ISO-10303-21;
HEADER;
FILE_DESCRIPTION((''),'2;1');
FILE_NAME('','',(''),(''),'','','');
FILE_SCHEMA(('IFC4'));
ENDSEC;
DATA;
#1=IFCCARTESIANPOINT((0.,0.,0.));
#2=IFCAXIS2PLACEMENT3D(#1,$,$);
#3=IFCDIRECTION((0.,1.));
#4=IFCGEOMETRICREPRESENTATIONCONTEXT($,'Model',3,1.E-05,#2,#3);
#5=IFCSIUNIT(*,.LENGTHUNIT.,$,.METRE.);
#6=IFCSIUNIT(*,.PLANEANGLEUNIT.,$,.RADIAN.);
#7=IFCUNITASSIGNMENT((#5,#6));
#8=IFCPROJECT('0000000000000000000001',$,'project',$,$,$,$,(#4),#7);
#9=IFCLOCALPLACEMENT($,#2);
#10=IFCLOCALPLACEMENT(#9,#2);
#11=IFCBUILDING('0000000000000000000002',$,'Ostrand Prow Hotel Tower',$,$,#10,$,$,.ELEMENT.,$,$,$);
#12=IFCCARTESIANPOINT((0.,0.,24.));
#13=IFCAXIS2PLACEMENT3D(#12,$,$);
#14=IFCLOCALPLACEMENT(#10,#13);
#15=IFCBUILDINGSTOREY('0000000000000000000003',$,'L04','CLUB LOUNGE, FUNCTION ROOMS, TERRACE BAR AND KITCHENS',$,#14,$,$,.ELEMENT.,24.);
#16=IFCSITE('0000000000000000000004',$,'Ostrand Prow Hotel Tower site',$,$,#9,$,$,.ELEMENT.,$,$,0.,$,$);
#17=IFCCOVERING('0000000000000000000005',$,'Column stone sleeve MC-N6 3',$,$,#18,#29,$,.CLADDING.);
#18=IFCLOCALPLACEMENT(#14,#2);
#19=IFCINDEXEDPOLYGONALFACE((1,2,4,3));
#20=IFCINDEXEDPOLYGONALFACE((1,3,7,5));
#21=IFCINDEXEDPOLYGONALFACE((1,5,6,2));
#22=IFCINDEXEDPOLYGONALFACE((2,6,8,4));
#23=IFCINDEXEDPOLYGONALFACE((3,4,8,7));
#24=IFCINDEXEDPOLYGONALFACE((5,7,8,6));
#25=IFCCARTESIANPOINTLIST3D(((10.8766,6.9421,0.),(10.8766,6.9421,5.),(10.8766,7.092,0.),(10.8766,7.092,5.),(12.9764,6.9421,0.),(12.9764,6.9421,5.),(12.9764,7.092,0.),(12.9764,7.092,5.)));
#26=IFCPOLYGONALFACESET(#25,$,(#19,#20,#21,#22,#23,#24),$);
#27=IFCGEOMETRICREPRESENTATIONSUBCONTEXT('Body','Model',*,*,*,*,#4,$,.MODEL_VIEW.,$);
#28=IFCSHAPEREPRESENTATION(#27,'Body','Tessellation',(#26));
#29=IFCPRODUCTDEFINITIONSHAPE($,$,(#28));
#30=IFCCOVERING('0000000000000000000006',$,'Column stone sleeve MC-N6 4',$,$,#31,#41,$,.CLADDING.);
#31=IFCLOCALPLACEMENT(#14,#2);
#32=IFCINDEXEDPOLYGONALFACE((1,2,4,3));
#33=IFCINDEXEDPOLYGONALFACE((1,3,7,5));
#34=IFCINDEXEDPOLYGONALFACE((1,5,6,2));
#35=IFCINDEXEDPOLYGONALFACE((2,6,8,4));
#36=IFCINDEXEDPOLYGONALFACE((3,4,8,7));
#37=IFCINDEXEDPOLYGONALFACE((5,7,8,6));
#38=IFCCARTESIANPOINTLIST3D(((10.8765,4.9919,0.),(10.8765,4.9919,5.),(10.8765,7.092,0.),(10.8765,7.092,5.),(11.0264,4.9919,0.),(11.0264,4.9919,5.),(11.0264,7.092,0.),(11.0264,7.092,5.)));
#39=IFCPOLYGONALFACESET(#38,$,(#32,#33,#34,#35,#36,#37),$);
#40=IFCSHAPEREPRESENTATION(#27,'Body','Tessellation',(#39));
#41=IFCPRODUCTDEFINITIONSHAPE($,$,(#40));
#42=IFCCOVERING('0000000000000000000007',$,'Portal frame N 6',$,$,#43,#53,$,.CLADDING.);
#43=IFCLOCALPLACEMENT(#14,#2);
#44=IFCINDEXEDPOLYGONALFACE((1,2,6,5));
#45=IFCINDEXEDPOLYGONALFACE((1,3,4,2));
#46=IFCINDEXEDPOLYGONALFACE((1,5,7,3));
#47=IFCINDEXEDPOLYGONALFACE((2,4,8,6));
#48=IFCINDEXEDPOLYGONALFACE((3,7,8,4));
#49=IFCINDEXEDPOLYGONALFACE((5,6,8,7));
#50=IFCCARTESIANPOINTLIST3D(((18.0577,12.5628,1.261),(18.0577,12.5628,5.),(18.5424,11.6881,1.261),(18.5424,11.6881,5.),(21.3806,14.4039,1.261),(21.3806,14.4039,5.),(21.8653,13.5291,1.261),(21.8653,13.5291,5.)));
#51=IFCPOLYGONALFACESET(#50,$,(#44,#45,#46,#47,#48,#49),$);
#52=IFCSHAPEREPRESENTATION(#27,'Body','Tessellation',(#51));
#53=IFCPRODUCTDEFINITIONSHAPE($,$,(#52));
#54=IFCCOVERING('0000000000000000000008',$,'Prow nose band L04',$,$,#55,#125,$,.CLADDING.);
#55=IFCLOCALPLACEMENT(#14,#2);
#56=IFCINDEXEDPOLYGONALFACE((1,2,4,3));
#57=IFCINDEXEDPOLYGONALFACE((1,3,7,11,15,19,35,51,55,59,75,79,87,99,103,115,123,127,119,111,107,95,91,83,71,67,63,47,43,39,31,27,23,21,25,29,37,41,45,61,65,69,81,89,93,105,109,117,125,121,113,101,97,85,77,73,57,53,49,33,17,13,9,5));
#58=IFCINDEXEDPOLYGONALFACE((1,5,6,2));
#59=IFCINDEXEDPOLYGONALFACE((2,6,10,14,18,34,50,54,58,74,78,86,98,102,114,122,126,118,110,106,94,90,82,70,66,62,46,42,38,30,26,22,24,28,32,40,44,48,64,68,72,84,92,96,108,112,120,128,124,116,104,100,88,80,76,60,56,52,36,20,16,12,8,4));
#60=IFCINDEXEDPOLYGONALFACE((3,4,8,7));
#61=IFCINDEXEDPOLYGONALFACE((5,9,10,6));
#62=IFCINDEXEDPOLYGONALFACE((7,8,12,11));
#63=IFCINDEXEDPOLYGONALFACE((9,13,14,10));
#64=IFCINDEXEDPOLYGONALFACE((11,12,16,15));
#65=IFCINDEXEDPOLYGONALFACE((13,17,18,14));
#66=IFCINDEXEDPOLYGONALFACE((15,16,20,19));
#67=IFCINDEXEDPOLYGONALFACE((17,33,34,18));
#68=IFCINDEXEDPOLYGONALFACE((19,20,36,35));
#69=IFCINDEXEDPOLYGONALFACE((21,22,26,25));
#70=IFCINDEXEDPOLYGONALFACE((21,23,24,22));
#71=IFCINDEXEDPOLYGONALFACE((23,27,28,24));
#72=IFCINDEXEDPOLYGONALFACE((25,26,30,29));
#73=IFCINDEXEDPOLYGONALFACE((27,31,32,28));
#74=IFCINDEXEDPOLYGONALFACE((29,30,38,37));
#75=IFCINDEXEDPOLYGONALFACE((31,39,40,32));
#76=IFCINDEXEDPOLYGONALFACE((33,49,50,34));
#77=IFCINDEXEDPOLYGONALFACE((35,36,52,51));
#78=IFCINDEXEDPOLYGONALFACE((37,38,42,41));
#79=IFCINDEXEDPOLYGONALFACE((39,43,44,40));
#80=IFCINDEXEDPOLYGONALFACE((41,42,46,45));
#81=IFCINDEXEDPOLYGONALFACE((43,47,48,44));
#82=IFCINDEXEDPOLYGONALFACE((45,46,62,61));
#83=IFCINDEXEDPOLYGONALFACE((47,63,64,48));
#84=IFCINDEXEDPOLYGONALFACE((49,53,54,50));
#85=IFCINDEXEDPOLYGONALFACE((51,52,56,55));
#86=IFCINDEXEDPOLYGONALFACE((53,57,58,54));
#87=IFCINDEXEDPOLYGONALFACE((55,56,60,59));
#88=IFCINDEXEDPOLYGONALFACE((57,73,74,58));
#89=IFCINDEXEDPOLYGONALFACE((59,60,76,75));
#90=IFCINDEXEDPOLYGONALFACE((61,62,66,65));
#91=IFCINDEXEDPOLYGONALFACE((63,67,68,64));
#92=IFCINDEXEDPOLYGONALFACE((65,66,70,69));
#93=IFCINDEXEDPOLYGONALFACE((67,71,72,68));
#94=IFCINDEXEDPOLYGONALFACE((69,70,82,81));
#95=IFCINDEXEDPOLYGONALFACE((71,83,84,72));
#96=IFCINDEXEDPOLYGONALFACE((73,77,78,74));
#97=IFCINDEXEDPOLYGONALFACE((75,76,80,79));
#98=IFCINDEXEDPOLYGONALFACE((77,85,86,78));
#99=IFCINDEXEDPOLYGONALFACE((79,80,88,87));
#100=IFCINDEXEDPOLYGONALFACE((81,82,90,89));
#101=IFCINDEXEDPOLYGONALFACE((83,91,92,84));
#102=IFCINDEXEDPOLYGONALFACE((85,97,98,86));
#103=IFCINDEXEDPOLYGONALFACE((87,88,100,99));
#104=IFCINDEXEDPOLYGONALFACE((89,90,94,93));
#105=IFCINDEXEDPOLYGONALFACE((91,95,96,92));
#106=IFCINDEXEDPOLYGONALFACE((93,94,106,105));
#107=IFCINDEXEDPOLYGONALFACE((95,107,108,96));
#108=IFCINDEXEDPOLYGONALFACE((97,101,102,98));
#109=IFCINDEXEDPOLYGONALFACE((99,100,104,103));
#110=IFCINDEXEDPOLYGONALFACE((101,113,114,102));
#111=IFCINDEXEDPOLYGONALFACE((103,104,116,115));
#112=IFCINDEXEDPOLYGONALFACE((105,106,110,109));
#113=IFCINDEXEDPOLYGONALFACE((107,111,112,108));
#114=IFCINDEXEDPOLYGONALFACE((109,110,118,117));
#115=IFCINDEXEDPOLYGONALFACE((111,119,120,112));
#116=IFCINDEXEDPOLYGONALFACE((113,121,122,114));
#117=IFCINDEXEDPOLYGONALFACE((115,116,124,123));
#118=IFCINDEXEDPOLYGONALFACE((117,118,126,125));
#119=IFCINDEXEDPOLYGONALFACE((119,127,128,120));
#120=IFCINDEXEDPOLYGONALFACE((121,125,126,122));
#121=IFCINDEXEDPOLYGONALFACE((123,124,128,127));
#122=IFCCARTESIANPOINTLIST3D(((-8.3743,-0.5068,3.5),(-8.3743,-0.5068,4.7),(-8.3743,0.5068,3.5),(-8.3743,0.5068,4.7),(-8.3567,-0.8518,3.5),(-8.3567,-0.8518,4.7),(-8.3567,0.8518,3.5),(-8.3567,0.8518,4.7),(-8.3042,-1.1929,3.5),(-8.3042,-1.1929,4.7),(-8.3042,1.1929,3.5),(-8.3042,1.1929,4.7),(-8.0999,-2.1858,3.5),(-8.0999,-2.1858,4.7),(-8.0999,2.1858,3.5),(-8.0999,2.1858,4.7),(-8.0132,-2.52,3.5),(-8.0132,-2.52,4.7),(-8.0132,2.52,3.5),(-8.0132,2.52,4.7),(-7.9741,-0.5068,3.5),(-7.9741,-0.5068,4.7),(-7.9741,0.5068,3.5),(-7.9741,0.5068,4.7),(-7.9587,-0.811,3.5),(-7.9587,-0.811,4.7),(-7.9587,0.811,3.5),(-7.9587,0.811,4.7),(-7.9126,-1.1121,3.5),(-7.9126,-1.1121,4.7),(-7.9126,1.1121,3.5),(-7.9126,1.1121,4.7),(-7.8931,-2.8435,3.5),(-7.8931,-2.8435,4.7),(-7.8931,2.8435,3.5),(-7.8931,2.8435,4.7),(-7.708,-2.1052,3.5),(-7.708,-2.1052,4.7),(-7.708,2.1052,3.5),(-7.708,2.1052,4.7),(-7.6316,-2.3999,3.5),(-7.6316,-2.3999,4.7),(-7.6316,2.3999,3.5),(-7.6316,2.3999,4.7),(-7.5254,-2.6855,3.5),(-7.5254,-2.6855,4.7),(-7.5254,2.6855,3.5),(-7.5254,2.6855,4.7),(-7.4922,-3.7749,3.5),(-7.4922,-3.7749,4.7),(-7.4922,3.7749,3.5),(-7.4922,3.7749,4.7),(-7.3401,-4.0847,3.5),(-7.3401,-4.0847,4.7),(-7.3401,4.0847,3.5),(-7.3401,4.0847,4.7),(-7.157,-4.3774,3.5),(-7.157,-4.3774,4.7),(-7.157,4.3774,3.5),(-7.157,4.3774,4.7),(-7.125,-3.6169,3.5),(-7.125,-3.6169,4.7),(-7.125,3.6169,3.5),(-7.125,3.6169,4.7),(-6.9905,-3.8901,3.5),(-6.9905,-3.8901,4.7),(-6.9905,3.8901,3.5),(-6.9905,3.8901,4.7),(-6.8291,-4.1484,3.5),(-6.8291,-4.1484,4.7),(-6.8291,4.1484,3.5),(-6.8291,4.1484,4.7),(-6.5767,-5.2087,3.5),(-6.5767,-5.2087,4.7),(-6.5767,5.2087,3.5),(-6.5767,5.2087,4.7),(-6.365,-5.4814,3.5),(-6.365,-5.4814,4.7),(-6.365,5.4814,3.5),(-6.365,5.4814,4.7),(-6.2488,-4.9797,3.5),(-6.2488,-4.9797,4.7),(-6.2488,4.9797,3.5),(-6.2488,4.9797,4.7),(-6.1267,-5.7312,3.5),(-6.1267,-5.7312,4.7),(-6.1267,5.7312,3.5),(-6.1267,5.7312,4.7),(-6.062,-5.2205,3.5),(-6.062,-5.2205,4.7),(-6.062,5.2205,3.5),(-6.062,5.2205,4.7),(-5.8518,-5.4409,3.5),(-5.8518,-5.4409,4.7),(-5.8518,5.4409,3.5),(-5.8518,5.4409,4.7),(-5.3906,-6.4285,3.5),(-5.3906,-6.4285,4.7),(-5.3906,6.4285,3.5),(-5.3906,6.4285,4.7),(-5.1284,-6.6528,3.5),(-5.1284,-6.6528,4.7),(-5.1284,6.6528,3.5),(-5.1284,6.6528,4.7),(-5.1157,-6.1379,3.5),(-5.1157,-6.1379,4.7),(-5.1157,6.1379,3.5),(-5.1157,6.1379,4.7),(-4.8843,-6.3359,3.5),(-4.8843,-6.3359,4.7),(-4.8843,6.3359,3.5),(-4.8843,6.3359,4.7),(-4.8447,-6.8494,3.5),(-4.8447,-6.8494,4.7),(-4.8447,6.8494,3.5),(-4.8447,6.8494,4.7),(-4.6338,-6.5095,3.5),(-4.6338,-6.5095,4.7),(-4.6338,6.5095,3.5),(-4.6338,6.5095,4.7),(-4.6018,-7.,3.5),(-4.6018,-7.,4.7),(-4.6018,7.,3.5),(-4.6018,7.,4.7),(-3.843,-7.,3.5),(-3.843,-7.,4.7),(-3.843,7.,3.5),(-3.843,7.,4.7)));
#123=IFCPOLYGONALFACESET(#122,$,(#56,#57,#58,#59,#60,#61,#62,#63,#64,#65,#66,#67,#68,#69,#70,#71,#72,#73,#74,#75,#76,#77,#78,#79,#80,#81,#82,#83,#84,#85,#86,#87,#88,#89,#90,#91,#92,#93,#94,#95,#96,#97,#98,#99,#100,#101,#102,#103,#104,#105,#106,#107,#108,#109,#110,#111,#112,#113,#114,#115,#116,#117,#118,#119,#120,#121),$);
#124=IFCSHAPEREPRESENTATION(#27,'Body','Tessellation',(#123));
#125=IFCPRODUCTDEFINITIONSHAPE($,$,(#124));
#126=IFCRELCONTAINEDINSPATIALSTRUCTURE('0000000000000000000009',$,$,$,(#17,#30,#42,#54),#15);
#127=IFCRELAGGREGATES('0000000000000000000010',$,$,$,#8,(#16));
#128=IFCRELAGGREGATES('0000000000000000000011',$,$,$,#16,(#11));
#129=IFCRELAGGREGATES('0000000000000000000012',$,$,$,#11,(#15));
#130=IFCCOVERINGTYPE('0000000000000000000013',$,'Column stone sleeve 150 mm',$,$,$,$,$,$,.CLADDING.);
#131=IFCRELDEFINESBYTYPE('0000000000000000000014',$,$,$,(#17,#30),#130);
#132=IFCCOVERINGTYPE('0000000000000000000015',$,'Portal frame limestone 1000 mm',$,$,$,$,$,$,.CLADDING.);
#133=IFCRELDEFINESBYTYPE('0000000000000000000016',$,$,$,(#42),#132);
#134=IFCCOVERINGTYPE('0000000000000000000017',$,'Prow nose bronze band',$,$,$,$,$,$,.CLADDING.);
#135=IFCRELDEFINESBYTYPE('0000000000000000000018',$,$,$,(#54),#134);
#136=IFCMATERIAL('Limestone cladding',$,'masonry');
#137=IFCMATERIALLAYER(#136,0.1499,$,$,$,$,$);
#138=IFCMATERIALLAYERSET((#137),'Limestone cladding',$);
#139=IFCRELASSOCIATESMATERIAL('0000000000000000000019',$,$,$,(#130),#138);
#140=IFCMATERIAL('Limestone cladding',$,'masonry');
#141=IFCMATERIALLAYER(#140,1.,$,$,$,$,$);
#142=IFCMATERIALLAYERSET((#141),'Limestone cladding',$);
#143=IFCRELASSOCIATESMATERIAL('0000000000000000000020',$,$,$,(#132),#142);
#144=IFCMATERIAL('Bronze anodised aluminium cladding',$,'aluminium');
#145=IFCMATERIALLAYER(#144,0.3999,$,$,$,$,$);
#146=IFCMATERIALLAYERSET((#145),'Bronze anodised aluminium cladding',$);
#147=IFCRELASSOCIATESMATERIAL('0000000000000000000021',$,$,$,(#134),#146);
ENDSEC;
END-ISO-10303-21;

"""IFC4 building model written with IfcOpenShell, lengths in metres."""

from ifc_helpers import new_model, si_unit, direction, frame, frame_2d, origin, place, context, subcontext, project, spatial, polyline, rectangle, outline, extrude, material, layer, layer_set, type_object, element, save


model = new_model("IFC4")

# Units and contexts
model_context = context("Model", 3, precision=1e-05, world=origin(), true_north=direction((0.0, 1.0)))
body_context = subcontext(model_context, "Body", "Model", "MODEL_VIEW")
ifc_project = project(units=[si_unit("LENGTHUNIT", "METRE"), si_unit("PLANEANGLEUNIT", "RADIAN")], contexts=[model_context])

# Site, building, storey
site_placement = place(None, origin())
site = spatial("IfcSite", under=ifc_project, at=site_placement, Name="Ostrand Prow Hotel Tower site", CompositionType="ELEMENT", RefElevation=0.0)
building_placement = place(site_placement, origin())
building = spatial("IfcBuilding", under=site, at=building_placement, Name="Ostrand Prow Hotel Tower", CompositionType="ELEMENT")
storey_placement = place(building_placement, frame((0.0, 0.0, 24.0)))
storey = spatial("IfcBuildingStorey", under=building, at=storey_placement, Name="L04", Description="CLUB LOUNGE, FUNCTION ROOMS, TERRACE BAR AND KITCHENS", CompositionType="ELEMENT", Elevation=24.0)

# Coverings
ifc_material_1 = material(Name="Limestone cladding", Category="masonry")
ifc_layer_1 = layer(ifc_material_1, 0.1499)
ifc_layer_set_1 = layer_set([ifc_layer_1], Name="Limestone cladding")
covering_type_1 = type_object("IfcCoveringType", Name="Column stone sleeve 150 mm", PredefinedType="CLADDING", material=ifc_layer_set_1)
covering_1_placement = place(storey_placement, frame((12.9763, 7.0171, 0.0), z_axis=(0.0, 0.0, 1.0), x_axis=(-1.0, 0.0, 0.0)))
element("IfcCovering", 1, at=covering_1_placement, inside=storey, type_object=covering_type_1, Name="Column stone sleeve MC-N6 3", PredefinedType="CLADDING", context=body_context, shape_type="SweptSolid", body=[
    extrude(rectangle(XDim=2.0999, YDim=0.1499, at=frame_2d((1.0498, 0.0))), origin(), (0.0, 0.0, 1.0), 5.0),
])
covering_2_placement = place(storey_placement, frame((10.9514, 7.092, 0.0), z_axis=(0.0, 0.0, 1.0), x_axis=(0.0, -1.0, 0.0)))
element("IfcCovering", 2, at=covering_2_placement, inside=storey, type_object=covering_type_1, Name="Column stone sleeve MC-N6 4", PredefinedType="CLADDING", context=body_context, shape_type="SweptSolid", body=[
    extrude(rectangle(XDim=2.1001, YDim=0.1499, at=frame_2d((1.05, 0.0))), origin(), (0.0, 0.0, 1.0), 5.0),
])
ifc_material_2 = material(Name="Limestone cladding", Category="masonry")
ifc_layer_2 = layer(ifc_material_2, 1.0)
ifc_layer_set_2 = layer_set([ifc_layer_2], Name="Limestone cladding")
covering_type_2 = type_object("IfcCoveringType", Name="Portal frame limestone 1000 mm", PredefinedType="CLADDING", material=ifc_layer_set_2)
covering_3_placement = place(storey_placement, frame((18.3, 12.1255, 1.261), z_axis=(0.0, 0.0, 1.0), x_axis=(0.874721, 0.484628, 0.0)))
element("IfcCovering", 3, at=covering_3_placement, inside=storey, type_object=covering_type_2, Name="Portal frame N 6", PredefinedType="CLADDING", context=body_context, shape_type="SweptSolid", body=[
    extrude(rectangle(XDim=3.7988, YDim=1.0, at=frame_2d((1.8994, 0.0))), origin(), (0.0, 0.0, 1.0), 3.739),
])
ifc_material_3 = material(Name="Bronze anodised aluminium cladding", Category="aluminium")
ifc_layer_3 = layer(ifc_material_3, 0.3999)
ifc_layer_set_3 = layer_set([ifc_layer_3], Name="Bronze anodised aluminium cladding")
covering_type_3 = type_object("IfcCoveringType", Name="Prow nose bronze band", PredefinedType="CLADDING", material=ifc_layer_set_3)
covering_4_placement = place(storey_placement, frame((0.0, 0.0, 3.5)))
element("IfcCovering", 4, at=covering_4_placement, inside=storey, type_object=covering_type_3, Name="Prow nose band L04", PredefinedType="CLADDING", context=body_context, shape_type="SweptSolid", body=[
    extrude(outline(polyline([(-4.8447, -6.8494), (-4.6018, -7.0), (-3.843, -7.0), (-4.6338, -6.5095), (-4.8843, -6.3359), (-5.1157, -6.1379), (-5.8518, -5.4409), (-6.062, -5.2205), (-6.2488, -4.9797), (-6.8291, -4.1484), (-6.9905, -3.8901), (-7.125, -3.6169), (-7.5254, -2.6855), (-7.6316, -2.3999), (-7.708, -2.1052), (-7.9126, -1.1121), (-7.9587, -0.811), (-7.9741, -0.5068), (-7.9741, 0.5068), (-7.9587, 0.811), (-7.9126, 1.1121), (-7.708, 2.1052), (-7.6316, 2.3999), (-7.5254, 2.6855), (-7.125, 3.6169), (-6.9905, 3.8901), (-6.8291, 4.1484), (-6.2488, 4.9797), (-6.062, 5.2205), (-5.8518, 5.4409), (-5.1157, 6.1379), (-4.8843, 6.3359), (-4.6338, 6.5095), (-3.843, 7.0), (-4.6018, 7.0), (-4.8447, 6.8494), (-5.1284, 6.6528), (-5.3906, 6.4285), (-6.1267, 5.7312), (-6.365, 5.4814), (-6.5767, 5.2087), (-7.157, 4.3774), (-7.3401, 4.0847), (-7.4922, 3.7749), (-7.8931, 2.8435), (-8.0132, 2.52), (-8.0999, 2.1858), (-8.3042, 1.1929), (-8.3567, 0.8518), (-8.3743, 0.5068), (-8.3743, -0.5068), (-8.3567, -0.8518), (-8.3042, -1.1929), (-8.0999, -2.1858), (-8.0132, -2.52), (-7.8931, -2.8435), (-7.4922, -3.7749), (-7.3401, -4.0847), (-7.157, -4.3774), (-6.5767, -5.2087), (-6.365, -5.4814), (-6.1267, -5.7312), (-5.3906, -6.4285), (-5.1284, -6.6528), (-4.8447, -6.8494)])), origin(), (0.0, 0.0, 1.0), 1.2),
])

save(model, "model.ifc")
